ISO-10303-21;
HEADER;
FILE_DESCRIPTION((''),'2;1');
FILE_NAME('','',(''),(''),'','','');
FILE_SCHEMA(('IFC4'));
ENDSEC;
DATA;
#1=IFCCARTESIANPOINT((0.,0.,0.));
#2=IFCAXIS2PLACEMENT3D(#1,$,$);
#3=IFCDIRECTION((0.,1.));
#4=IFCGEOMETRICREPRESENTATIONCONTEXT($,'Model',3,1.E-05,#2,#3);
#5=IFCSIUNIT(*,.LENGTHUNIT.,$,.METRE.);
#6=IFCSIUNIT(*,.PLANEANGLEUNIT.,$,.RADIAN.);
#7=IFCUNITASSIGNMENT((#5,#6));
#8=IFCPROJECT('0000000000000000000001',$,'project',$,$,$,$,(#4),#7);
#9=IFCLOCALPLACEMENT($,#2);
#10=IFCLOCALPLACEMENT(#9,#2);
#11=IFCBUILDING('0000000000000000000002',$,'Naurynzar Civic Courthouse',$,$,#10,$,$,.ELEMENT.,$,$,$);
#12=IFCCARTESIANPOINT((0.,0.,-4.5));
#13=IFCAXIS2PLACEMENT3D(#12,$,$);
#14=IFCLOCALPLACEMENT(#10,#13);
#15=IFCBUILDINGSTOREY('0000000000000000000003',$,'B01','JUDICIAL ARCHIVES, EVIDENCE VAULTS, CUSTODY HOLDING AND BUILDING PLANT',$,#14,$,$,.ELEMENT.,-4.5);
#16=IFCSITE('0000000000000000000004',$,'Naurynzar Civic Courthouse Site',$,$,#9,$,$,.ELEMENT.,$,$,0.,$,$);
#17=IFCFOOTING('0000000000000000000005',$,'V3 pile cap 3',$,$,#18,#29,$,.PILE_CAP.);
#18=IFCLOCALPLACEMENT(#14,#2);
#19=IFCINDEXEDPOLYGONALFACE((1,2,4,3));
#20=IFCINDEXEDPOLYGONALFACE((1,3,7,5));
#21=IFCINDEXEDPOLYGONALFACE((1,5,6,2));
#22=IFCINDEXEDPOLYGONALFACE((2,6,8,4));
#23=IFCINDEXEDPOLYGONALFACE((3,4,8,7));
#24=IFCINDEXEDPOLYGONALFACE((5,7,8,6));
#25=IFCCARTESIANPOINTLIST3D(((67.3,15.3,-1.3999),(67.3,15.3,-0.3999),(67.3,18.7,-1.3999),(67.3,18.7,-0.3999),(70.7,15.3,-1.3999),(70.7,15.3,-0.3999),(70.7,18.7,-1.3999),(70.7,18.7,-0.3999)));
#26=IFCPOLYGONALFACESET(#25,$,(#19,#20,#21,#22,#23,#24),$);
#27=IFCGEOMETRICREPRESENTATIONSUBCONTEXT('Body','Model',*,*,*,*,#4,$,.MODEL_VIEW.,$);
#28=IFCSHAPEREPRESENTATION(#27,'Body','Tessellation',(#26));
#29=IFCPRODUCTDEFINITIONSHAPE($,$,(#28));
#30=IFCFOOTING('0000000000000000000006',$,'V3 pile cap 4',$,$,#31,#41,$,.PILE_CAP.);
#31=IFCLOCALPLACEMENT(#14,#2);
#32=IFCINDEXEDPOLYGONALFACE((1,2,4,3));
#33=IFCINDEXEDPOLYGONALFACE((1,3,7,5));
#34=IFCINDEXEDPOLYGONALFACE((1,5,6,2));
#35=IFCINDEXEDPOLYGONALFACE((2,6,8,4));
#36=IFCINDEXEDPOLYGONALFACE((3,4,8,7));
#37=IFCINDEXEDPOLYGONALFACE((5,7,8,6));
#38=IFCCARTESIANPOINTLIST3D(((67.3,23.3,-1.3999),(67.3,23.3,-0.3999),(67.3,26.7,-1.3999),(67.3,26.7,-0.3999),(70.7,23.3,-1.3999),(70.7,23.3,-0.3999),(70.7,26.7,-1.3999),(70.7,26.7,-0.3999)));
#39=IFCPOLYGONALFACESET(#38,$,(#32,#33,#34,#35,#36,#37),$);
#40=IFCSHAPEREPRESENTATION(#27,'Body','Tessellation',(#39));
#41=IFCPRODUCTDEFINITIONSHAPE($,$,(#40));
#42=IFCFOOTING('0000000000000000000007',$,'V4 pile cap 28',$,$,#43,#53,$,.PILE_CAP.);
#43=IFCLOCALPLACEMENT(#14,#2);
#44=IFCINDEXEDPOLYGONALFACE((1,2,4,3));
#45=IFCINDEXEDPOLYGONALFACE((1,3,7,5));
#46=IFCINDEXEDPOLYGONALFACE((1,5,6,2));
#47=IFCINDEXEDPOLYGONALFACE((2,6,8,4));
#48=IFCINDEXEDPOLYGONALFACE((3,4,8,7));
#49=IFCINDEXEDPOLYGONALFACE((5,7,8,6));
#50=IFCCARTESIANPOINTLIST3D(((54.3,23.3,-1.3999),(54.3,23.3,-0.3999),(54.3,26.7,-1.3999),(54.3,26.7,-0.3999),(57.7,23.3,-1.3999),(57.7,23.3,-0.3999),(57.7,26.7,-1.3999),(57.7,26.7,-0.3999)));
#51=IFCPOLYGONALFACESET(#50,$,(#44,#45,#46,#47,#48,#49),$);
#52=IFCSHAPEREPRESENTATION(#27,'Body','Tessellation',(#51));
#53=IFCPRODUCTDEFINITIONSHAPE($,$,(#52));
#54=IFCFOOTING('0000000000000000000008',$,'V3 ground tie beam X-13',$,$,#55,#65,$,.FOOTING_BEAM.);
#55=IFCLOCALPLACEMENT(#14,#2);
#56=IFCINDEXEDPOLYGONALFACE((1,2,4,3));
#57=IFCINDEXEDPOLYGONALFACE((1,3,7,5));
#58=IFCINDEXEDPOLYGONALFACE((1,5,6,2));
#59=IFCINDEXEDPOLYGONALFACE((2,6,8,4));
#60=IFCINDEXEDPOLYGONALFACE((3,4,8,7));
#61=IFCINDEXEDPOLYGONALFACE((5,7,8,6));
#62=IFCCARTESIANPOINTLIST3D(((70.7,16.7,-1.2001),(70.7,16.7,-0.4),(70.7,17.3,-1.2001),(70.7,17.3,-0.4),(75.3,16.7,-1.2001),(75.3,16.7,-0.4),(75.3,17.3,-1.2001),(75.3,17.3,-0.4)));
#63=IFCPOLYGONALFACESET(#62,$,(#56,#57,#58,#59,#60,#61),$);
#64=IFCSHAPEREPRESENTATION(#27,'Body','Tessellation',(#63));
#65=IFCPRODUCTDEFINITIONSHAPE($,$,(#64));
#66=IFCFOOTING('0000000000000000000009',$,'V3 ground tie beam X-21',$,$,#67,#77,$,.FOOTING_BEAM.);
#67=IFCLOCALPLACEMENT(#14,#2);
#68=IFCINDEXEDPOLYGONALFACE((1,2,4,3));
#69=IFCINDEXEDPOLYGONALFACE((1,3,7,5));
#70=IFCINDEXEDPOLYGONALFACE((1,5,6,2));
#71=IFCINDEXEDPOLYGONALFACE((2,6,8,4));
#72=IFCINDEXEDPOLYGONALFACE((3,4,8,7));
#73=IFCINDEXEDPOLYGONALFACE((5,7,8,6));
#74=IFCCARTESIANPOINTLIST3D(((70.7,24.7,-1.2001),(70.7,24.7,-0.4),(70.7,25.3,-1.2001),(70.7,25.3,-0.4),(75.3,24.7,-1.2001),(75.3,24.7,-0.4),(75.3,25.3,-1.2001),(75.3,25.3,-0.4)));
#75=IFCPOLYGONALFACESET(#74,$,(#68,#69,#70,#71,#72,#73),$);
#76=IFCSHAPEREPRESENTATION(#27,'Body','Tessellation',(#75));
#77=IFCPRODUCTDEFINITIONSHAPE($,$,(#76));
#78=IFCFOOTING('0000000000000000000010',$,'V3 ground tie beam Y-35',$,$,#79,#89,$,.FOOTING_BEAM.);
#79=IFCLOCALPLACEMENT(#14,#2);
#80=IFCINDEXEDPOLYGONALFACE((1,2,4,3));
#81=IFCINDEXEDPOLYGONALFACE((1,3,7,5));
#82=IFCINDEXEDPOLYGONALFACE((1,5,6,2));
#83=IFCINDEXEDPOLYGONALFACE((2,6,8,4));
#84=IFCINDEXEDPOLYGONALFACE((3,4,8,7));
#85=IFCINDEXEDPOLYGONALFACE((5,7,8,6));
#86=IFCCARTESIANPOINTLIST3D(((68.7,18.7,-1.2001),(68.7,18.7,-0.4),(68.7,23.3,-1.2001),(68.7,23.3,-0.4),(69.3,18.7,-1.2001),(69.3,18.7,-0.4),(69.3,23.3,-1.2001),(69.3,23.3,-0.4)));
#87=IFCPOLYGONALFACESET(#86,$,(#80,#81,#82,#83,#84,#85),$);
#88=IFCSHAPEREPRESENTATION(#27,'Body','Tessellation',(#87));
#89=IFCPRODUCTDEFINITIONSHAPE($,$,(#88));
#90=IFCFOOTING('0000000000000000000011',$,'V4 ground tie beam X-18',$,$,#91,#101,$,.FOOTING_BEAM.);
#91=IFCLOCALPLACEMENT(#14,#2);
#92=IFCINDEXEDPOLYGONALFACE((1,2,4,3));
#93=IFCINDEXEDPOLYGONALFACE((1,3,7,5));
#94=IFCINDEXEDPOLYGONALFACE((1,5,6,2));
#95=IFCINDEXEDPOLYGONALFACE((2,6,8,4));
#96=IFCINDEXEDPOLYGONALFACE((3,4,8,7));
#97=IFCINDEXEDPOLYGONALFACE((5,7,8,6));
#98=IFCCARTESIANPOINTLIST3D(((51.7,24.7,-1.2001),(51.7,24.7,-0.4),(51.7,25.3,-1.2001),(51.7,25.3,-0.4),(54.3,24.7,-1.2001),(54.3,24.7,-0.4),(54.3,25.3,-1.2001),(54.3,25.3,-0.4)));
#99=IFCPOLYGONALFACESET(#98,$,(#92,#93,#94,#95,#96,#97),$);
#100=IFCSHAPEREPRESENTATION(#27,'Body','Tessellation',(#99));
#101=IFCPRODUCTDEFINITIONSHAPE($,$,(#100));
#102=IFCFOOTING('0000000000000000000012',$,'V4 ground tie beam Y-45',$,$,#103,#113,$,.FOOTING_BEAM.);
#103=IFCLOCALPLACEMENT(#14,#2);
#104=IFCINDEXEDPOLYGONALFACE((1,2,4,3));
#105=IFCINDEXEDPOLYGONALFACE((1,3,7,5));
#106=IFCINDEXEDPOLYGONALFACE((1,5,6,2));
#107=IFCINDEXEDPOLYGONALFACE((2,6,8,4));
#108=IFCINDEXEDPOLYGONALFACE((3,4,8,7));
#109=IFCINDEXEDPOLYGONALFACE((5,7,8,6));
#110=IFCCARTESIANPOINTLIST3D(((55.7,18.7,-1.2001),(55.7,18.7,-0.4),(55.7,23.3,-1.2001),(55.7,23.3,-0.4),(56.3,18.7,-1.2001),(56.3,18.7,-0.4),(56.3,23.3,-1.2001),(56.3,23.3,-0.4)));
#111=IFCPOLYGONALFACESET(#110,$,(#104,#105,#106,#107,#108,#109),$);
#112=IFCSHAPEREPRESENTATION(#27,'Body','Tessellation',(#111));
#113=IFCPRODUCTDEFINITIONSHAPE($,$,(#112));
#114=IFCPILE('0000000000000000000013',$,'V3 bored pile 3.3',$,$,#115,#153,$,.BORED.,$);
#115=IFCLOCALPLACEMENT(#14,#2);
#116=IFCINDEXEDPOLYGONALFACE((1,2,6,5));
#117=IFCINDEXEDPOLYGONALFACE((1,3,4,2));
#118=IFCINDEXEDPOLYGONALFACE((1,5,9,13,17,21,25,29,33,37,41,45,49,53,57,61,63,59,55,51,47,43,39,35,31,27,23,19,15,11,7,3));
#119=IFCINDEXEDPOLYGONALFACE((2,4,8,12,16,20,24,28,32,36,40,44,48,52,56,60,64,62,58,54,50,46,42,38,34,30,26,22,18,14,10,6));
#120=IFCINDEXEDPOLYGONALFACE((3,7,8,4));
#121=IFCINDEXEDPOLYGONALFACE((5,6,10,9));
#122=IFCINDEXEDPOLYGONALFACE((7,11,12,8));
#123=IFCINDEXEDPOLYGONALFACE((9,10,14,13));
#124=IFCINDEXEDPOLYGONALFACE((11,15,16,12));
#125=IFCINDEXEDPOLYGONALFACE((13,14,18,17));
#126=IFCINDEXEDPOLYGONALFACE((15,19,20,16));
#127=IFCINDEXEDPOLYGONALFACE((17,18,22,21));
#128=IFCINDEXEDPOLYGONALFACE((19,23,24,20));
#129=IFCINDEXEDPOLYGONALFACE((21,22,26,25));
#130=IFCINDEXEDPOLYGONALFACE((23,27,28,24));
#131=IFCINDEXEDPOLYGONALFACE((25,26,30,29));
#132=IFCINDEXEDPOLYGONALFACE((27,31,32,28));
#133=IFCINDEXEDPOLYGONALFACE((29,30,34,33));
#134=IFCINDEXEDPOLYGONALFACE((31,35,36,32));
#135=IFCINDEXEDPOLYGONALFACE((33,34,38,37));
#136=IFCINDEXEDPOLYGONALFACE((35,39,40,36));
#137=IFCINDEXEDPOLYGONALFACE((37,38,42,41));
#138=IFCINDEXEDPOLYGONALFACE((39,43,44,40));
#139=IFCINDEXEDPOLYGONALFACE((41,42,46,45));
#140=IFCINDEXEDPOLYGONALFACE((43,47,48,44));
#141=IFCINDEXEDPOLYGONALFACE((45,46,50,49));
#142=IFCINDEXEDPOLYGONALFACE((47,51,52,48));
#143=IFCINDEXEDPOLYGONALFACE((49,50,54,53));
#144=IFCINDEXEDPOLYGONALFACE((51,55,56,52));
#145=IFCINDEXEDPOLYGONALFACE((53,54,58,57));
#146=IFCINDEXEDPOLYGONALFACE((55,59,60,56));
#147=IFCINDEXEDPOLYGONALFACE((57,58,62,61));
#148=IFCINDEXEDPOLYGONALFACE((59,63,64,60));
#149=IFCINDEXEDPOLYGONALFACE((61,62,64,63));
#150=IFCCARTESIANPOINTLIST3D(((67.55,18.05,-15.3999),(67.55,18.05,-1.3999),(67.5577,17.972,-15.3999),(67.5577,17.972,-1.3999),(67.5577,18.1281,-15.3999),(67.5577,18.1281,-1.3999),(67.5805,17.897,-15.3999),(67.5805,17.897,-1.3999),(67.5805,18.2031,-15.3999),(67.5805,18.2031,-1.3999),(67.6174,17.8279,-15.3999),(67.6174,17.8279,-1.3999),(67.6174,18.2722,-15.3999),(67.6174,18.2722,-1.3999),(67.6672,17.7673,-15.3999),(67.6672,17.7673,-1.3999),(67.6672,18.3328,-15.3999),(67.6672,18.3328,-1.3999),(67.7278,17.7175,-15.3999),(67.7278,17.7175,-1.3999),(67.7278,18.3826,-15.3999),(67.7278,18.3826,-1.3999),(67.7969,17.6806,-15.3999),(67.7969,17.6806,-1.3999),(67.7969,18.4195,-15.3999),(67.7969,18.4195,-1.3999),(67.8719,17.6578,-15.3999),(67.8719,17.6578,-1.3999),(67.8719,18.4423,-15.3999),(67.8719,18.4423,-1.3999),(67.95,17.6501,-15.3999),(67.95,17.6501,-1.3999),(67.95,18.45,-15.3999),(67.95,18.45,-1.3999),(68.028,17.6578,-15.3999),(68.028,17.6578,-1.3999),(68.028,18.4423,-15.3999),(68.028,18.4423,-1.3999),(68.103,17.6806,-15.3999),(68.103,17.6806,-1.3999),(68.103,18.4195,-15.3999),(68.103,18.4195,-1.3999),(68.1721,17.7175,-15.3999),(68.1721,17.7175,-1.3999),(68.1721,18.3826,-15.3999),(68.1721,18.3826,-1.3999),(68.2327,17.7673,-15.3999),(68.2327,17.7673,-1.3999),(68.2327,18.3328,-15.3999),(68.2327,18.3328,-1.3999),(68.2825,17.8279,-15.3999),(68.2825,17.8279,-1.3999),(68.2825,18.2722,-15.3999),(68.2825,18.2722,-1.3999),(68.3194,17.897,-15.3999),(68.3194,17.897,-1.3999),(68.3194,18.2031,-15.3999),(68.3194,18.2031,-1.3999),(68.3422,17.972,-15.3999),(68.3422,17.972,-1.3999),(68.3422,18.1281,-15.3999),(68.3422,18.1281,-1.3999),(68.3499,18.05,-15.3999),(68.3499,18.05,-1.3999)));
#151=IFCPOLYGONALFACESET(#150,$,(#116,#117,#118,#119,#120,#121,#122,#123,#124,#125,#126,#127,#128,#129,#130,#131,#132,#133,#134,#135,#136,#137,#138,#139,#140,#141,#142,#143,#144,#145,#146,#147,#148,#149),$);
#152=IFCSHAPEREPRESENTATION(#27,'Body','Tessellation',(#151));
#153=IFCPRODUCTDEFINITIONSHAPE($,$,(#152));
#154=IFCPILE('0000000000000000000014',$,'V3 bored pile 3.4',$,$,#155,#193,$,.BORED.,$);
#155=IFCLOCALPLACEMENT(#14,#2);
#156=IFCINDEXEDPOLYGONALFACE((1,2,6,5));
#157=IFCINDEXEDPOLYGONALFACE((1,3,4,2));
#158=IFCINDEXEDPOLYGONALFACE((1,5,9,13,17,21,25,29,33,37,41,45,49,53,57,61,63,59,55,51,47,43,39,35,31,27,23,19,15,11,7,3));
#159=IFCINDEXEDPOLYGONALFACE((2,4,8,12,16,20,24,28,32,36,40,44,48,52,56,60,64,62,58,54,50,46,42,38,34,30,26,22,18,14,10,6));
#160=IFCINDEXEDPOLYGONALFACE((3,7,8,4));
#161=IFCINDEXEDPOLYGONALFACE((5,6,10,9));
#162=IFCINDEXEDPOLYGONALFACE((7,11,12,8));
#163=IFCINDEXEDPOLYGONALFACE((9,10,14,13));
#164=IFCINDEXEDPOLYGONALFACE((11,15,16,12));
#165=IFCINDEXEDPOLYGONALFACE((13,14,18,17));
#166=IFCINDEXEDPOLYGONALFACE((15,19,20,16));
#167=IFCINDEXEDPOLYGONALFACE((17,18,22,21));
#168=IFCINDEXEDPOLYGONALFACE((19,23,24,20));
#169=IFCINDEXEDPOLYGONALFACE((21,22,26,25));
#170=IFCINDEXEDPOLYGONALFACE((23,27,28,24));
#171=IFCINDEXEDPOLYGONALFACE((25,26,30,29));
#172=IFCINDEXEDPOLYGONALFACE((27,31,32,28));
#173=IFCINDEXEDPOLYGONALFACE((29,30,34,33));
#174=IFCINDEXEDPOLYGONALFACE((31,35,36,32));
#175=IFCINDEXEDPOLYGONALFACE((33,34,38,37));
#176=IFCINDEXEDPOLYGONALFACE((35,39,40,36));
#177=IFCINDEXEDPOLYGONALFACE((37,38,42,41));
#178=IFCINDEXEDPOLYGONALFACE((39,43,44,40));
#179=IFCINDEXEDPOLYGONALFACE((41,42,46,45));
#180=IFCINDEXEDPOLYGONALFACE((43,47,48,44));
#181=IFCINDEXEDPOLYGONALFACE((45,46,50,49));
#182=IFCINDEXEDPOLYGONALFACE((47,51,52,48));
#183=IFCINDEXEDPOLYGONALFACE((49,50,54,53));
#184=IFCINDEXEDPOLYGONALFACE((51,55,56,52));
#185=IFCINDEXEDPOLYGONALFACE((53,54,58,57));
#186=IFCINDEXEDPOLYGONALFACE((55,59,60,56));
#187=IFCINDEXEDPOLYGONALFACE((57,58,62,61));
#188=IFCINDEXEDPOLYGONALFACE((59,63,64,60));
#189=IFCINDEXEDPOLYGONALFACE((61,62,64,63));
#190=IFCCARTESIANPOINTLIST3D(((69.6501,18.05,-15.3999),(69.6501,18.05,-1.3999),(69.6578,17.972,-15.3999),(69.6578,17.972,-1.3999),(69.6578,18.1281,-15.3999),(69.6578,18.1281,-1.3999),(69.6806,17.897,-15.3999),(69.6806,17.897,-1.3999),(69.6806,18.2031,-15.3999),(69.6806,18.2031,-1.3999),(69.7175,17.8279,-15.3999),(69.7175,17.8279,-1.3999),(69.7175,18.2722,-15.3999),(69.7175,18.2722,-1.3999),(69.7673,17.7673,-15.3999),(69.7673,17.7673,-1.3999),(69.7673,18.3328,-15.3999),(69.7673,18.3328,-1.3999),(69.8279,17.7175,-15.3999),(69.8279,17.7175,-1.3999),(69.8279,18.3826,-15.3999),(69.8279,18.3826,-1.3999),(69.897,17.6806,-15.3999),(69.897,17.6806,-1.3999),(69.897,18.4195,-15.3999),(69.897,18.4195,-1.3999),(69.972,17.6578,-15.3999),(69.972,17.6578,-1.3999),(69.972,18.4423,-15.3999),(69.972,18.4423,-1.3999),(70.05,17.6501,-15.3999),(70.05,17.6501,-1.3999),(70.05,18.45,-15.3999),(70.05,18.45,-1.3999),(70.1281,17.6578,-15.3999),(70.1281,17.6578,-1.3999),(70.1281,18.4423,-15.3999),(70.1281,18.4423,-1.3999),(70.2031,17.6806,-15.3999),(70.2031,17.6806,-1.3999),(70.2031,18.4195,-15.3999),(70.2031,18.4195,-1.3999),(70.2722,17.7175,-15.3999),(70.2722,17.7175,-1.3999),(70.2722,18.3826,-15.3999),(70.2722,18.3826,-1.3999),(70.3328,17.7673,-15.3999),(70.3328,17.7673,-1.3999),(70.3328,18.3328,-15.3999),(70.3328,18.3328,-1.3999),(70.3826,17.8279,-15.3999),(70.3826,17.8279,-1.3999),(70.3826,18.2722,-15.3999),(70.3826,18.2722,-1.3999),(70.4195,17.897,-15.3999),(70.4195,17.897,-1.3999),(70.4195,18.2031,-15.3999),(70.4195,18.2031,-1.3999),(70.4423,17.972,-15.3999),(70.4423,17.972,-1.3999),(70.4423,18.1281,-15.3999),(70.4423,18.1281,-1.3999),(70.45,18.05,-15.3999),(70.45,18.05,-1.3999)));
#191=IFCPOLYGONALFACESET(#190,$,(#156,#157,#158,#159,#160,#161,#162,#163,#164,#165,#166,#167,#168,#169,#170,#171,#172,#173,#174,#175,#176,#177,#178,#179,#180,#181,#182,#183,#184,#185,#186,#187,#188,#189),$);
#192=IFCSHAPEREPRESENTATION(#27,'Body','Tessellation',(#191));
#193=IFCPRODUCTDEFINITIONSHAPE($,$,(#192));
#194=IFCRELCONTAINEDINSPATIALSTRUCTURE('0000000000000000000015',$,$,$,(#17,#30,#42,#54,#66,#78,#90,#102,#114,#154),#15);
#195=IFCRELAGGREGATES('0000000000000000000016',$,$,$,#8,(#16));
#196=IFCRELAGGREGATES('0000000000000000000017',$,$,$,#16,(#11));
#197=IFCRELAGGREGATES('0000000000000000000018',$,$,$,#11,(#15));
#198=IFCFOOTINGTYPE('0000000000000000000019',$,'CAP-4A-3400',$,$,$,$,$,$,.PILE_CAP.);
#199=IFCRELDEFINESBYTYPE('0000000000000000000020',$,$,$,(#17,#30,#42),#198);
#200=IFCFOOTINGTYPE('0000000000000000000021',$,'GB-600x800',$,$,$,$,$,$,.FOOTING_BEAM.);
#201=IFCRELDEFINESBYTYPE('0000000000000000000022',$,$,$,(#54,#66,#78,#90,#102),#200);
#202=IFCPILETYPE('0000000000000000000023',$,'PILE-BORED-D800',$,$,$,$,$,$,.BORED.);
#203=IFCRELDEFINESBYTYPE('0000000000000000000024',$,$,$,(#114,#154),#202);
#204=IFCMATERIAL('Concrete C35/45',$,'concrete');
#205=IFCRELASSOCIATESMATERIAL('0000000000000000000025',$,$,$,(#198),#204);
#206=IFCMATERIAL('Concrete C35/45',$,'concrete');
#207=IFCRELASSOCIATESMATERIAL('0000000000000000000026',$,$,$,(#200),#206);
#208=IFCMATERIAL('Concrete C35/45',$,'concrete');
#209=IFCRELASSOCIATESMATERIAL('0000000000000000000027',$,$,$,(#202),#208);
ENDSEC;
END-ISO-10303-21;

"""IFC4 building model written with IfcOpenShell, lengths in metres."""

from ifc_helpers import new_model, si_unit, direction, frame, origin, origin_2d, place, context, subcontext, project, spatial, rectangle, circle, extrude, material, material_profile, profile_set, type_object, element, save


model = new_model("IFC4")

# Units and contexts
model_context = context("Model", 3, precision=1e-05, world=origin(), true_north=direction((0.0, 1.0)))
body_context = subcontext(model_context, "Body", "Model", "MODEL_VIEW")
ifc_project = project(units=[si_unit("LENGTHUNIT", "METRE"), si_unit("PLANEANGLEUNIT", "RADIAN")], contexts=[model_context])

# Site, building, storey
site_placement = place(None, origin())
site = spatial("IfcSite", under=ifc_project, at=site_placement, Name="Naurynzar Civic Courthouse Site", CompositionType="ELEMENT", RefElevation=0.0)
building_placement = place(site_placement, origin())
building = spatial("IfcBuilding", under=site, at=building_placement, Name="Naurynzar Civic Courthouse", CompositionType="ELEMENT")
storey_placement = place(building_placement, frame((0.0, 0.0, -4.5)))
storey = spatial("IfcBuildingStorey", under=building, at=storey_placement, Name="B01", Description="JUDICIAL ARCHIVES, EVIDENCE VAULTS, CUSTODY HOLDING AND BUILDING PLANT", CompositionType="ELEMENT", Elevation=-4.5)

# Footings
ifc_material_1 = material(Name="Concrete C35/45", Category="concrete")
footing_type_1 = type_object("IfcFootingType", Name="CAP-4A-3400", PredefinedType="PILE_CAP", material=ifc_material_1)
for number, where, z_axis, x_axis, name in (
    (1, (69.0, 17.0, -1.3999), (0.0, 0.0, 1.0), (1.0, 0.0, 0.0), "V3 pile cap 3"),
    (2, (69.0, 25.0, -1.3999), (0.0, 0.0, 1.0), (1.0, 0.0, 0.0), "V3 pile cap 4"),
    (3, (56.0, 25.0, -1.3999), (0.0, 0.0, 1.0), (1.0, 0.0, 0.0), "V4 pile cap 28"),
):
    element("IfcFooting", number, at=place(storey_placement, frame(where, z_axis=z_axis, x_axis=x_axis)), inside=storey, type_object=footing_type_1, Name=name, PredefinedType="PILE_CAP", context=body_context, shape_type="SweptSolid", body=[
        extrude(rectangle(XDim=3.3999, YDim=3.3999, at=origin_2d()), origin(), (0.0, 0.0, 1.0), 1.0),
    ])
ifc_material_2 = material(Name="Concrete C35/45", Category="concrete")
ifc_material_profile_1 = material_profile(ifc_material_2, rectangle(XDim=0.6001, YDim=0.8, at=origin_2d()), Name="GB 600x800")
ifc_profile_set_1 = profile_set([ifc_material_profile_1], Name="Concrete C35/45")
footing_type_2 = type_object("IfcFootingType", Name="GB-600x800", PredefinedType="FOOTING_BEAM", material=ifc_profile_set_1)
for number, where, z_axis, x_axis, name in (
    (4, (70.7, 17.0, -0.8), (1.0, 0.0, 0.0), (0.0, 1.0, 0.0), "V3 ground tie beam X-13"),
    (5, (70.7, 25.0, -0.8), (1.0, 0.0, 0.0), (0.0, 1.0, 0.0), "V3 ground tie beam X-21"),
    (6, (69.0, 18.7, -0.8), (0.0, 1.0, 0.0), (-1.0, 0.0, 0.0), "V3 ground tie beam Y-35"),
):
    element("IfcFooting", number, at=place(storey_placement, frame(where, z_axis=z_axis, x_axis=x_axis)), inside=storey, type_object=footing_type_2, Name=name, PredefinedType="FOOTING_BEAM", context=body_context, shape_type="SweptSolid", body=[
        extrude(rectangle(XDim=0.6001, YDim=0.8, at=origin_2d()), origin(), (0.0, 0.0, 1.0), 4.6001),
    ])
footing_1_placement = place(storey_placement, frame((51.7, 25.0, -0.8), z_axis=(1.0, 0.0, 0.0), x_axis=(0.0, 1.0, 0.0)))
element("IfcFooting", 7, at=footing_1_placement, inside=storey, type_object=footing_type_2, Name="V4 ground tie beam X-18", PredefinedType="FOOTING_BEAM", context=body_context, shape_type="SweptSolid", body=[
    extrude(rectangle(XDim=0.6001, YDim=0.8, at=origin_2d()), origin(), (0.0, 0.0, 1.0), 2.6001),
])
footing_2_placement = place(storey_placement, frame((56.0, 18.7, -0.8), z_axis=(0.0, 1.0, 0.0), x_axis=(-1.0, 0.0, 0.0)))
element("IfcFooting", 8, at=footing_2_placement, inside=storey, type_object=footing_type_2, Name="V4 ground tie beam Y-45", PredefinedType="FOOTING_BEAM", context=body_context, shape_type="SweptSolid", body=[
    extrude(rectangle(XDim=0.6001, YDim=0.8, at=origin_2d()), origin(), (0.0, 0.0, 1.0), 4.6001),
])

# Piles
ifc_material_3 = material(Name="Concrete C35/45", Category="concrete")
ifc_material_profile_2 = material_profile(ifc_material_3, circle(Radius=0.3999, at=origin_2d()), Name="PILE D800")
ifc_profile_set_2 = profile_set([ifc_material_profile_2], Name="Concrete C35/45")
pile_type = type_object("IfcPileType", Name="PILE-BORED-D800", PredefinedType="BORED", material=ifc_profile_set_2)
for number, where, z_axis, x_axis, name in (
    (9, (67.95, 18.05, -1.3999), (0.0, 0.0, -1.0), (1.0, 0.0, 0.0), "V3 bored pile 3.3"),
    (10, (70.05, 18.05, -1.3999), (0.0, 0.0, -1.0), (1.0, 0.0, 0.0), "V3 bored pile 3.4"),
):
    element("IfcPile", number, at=place(storey_placement, frame(where, z_axis=z_axis, x_axis=x_axis)), inside=storey, type_object=pile_type, Name=name, PredefinedType="BORED", context=body_context, shape_type="SweptSolid", body=[
        extrude(circle(Radius=0.3999, at=origin_2d()), origin(), (0.0, 0.0, 1.0), 14.0),
    ])

save(model, "model.ifc")
